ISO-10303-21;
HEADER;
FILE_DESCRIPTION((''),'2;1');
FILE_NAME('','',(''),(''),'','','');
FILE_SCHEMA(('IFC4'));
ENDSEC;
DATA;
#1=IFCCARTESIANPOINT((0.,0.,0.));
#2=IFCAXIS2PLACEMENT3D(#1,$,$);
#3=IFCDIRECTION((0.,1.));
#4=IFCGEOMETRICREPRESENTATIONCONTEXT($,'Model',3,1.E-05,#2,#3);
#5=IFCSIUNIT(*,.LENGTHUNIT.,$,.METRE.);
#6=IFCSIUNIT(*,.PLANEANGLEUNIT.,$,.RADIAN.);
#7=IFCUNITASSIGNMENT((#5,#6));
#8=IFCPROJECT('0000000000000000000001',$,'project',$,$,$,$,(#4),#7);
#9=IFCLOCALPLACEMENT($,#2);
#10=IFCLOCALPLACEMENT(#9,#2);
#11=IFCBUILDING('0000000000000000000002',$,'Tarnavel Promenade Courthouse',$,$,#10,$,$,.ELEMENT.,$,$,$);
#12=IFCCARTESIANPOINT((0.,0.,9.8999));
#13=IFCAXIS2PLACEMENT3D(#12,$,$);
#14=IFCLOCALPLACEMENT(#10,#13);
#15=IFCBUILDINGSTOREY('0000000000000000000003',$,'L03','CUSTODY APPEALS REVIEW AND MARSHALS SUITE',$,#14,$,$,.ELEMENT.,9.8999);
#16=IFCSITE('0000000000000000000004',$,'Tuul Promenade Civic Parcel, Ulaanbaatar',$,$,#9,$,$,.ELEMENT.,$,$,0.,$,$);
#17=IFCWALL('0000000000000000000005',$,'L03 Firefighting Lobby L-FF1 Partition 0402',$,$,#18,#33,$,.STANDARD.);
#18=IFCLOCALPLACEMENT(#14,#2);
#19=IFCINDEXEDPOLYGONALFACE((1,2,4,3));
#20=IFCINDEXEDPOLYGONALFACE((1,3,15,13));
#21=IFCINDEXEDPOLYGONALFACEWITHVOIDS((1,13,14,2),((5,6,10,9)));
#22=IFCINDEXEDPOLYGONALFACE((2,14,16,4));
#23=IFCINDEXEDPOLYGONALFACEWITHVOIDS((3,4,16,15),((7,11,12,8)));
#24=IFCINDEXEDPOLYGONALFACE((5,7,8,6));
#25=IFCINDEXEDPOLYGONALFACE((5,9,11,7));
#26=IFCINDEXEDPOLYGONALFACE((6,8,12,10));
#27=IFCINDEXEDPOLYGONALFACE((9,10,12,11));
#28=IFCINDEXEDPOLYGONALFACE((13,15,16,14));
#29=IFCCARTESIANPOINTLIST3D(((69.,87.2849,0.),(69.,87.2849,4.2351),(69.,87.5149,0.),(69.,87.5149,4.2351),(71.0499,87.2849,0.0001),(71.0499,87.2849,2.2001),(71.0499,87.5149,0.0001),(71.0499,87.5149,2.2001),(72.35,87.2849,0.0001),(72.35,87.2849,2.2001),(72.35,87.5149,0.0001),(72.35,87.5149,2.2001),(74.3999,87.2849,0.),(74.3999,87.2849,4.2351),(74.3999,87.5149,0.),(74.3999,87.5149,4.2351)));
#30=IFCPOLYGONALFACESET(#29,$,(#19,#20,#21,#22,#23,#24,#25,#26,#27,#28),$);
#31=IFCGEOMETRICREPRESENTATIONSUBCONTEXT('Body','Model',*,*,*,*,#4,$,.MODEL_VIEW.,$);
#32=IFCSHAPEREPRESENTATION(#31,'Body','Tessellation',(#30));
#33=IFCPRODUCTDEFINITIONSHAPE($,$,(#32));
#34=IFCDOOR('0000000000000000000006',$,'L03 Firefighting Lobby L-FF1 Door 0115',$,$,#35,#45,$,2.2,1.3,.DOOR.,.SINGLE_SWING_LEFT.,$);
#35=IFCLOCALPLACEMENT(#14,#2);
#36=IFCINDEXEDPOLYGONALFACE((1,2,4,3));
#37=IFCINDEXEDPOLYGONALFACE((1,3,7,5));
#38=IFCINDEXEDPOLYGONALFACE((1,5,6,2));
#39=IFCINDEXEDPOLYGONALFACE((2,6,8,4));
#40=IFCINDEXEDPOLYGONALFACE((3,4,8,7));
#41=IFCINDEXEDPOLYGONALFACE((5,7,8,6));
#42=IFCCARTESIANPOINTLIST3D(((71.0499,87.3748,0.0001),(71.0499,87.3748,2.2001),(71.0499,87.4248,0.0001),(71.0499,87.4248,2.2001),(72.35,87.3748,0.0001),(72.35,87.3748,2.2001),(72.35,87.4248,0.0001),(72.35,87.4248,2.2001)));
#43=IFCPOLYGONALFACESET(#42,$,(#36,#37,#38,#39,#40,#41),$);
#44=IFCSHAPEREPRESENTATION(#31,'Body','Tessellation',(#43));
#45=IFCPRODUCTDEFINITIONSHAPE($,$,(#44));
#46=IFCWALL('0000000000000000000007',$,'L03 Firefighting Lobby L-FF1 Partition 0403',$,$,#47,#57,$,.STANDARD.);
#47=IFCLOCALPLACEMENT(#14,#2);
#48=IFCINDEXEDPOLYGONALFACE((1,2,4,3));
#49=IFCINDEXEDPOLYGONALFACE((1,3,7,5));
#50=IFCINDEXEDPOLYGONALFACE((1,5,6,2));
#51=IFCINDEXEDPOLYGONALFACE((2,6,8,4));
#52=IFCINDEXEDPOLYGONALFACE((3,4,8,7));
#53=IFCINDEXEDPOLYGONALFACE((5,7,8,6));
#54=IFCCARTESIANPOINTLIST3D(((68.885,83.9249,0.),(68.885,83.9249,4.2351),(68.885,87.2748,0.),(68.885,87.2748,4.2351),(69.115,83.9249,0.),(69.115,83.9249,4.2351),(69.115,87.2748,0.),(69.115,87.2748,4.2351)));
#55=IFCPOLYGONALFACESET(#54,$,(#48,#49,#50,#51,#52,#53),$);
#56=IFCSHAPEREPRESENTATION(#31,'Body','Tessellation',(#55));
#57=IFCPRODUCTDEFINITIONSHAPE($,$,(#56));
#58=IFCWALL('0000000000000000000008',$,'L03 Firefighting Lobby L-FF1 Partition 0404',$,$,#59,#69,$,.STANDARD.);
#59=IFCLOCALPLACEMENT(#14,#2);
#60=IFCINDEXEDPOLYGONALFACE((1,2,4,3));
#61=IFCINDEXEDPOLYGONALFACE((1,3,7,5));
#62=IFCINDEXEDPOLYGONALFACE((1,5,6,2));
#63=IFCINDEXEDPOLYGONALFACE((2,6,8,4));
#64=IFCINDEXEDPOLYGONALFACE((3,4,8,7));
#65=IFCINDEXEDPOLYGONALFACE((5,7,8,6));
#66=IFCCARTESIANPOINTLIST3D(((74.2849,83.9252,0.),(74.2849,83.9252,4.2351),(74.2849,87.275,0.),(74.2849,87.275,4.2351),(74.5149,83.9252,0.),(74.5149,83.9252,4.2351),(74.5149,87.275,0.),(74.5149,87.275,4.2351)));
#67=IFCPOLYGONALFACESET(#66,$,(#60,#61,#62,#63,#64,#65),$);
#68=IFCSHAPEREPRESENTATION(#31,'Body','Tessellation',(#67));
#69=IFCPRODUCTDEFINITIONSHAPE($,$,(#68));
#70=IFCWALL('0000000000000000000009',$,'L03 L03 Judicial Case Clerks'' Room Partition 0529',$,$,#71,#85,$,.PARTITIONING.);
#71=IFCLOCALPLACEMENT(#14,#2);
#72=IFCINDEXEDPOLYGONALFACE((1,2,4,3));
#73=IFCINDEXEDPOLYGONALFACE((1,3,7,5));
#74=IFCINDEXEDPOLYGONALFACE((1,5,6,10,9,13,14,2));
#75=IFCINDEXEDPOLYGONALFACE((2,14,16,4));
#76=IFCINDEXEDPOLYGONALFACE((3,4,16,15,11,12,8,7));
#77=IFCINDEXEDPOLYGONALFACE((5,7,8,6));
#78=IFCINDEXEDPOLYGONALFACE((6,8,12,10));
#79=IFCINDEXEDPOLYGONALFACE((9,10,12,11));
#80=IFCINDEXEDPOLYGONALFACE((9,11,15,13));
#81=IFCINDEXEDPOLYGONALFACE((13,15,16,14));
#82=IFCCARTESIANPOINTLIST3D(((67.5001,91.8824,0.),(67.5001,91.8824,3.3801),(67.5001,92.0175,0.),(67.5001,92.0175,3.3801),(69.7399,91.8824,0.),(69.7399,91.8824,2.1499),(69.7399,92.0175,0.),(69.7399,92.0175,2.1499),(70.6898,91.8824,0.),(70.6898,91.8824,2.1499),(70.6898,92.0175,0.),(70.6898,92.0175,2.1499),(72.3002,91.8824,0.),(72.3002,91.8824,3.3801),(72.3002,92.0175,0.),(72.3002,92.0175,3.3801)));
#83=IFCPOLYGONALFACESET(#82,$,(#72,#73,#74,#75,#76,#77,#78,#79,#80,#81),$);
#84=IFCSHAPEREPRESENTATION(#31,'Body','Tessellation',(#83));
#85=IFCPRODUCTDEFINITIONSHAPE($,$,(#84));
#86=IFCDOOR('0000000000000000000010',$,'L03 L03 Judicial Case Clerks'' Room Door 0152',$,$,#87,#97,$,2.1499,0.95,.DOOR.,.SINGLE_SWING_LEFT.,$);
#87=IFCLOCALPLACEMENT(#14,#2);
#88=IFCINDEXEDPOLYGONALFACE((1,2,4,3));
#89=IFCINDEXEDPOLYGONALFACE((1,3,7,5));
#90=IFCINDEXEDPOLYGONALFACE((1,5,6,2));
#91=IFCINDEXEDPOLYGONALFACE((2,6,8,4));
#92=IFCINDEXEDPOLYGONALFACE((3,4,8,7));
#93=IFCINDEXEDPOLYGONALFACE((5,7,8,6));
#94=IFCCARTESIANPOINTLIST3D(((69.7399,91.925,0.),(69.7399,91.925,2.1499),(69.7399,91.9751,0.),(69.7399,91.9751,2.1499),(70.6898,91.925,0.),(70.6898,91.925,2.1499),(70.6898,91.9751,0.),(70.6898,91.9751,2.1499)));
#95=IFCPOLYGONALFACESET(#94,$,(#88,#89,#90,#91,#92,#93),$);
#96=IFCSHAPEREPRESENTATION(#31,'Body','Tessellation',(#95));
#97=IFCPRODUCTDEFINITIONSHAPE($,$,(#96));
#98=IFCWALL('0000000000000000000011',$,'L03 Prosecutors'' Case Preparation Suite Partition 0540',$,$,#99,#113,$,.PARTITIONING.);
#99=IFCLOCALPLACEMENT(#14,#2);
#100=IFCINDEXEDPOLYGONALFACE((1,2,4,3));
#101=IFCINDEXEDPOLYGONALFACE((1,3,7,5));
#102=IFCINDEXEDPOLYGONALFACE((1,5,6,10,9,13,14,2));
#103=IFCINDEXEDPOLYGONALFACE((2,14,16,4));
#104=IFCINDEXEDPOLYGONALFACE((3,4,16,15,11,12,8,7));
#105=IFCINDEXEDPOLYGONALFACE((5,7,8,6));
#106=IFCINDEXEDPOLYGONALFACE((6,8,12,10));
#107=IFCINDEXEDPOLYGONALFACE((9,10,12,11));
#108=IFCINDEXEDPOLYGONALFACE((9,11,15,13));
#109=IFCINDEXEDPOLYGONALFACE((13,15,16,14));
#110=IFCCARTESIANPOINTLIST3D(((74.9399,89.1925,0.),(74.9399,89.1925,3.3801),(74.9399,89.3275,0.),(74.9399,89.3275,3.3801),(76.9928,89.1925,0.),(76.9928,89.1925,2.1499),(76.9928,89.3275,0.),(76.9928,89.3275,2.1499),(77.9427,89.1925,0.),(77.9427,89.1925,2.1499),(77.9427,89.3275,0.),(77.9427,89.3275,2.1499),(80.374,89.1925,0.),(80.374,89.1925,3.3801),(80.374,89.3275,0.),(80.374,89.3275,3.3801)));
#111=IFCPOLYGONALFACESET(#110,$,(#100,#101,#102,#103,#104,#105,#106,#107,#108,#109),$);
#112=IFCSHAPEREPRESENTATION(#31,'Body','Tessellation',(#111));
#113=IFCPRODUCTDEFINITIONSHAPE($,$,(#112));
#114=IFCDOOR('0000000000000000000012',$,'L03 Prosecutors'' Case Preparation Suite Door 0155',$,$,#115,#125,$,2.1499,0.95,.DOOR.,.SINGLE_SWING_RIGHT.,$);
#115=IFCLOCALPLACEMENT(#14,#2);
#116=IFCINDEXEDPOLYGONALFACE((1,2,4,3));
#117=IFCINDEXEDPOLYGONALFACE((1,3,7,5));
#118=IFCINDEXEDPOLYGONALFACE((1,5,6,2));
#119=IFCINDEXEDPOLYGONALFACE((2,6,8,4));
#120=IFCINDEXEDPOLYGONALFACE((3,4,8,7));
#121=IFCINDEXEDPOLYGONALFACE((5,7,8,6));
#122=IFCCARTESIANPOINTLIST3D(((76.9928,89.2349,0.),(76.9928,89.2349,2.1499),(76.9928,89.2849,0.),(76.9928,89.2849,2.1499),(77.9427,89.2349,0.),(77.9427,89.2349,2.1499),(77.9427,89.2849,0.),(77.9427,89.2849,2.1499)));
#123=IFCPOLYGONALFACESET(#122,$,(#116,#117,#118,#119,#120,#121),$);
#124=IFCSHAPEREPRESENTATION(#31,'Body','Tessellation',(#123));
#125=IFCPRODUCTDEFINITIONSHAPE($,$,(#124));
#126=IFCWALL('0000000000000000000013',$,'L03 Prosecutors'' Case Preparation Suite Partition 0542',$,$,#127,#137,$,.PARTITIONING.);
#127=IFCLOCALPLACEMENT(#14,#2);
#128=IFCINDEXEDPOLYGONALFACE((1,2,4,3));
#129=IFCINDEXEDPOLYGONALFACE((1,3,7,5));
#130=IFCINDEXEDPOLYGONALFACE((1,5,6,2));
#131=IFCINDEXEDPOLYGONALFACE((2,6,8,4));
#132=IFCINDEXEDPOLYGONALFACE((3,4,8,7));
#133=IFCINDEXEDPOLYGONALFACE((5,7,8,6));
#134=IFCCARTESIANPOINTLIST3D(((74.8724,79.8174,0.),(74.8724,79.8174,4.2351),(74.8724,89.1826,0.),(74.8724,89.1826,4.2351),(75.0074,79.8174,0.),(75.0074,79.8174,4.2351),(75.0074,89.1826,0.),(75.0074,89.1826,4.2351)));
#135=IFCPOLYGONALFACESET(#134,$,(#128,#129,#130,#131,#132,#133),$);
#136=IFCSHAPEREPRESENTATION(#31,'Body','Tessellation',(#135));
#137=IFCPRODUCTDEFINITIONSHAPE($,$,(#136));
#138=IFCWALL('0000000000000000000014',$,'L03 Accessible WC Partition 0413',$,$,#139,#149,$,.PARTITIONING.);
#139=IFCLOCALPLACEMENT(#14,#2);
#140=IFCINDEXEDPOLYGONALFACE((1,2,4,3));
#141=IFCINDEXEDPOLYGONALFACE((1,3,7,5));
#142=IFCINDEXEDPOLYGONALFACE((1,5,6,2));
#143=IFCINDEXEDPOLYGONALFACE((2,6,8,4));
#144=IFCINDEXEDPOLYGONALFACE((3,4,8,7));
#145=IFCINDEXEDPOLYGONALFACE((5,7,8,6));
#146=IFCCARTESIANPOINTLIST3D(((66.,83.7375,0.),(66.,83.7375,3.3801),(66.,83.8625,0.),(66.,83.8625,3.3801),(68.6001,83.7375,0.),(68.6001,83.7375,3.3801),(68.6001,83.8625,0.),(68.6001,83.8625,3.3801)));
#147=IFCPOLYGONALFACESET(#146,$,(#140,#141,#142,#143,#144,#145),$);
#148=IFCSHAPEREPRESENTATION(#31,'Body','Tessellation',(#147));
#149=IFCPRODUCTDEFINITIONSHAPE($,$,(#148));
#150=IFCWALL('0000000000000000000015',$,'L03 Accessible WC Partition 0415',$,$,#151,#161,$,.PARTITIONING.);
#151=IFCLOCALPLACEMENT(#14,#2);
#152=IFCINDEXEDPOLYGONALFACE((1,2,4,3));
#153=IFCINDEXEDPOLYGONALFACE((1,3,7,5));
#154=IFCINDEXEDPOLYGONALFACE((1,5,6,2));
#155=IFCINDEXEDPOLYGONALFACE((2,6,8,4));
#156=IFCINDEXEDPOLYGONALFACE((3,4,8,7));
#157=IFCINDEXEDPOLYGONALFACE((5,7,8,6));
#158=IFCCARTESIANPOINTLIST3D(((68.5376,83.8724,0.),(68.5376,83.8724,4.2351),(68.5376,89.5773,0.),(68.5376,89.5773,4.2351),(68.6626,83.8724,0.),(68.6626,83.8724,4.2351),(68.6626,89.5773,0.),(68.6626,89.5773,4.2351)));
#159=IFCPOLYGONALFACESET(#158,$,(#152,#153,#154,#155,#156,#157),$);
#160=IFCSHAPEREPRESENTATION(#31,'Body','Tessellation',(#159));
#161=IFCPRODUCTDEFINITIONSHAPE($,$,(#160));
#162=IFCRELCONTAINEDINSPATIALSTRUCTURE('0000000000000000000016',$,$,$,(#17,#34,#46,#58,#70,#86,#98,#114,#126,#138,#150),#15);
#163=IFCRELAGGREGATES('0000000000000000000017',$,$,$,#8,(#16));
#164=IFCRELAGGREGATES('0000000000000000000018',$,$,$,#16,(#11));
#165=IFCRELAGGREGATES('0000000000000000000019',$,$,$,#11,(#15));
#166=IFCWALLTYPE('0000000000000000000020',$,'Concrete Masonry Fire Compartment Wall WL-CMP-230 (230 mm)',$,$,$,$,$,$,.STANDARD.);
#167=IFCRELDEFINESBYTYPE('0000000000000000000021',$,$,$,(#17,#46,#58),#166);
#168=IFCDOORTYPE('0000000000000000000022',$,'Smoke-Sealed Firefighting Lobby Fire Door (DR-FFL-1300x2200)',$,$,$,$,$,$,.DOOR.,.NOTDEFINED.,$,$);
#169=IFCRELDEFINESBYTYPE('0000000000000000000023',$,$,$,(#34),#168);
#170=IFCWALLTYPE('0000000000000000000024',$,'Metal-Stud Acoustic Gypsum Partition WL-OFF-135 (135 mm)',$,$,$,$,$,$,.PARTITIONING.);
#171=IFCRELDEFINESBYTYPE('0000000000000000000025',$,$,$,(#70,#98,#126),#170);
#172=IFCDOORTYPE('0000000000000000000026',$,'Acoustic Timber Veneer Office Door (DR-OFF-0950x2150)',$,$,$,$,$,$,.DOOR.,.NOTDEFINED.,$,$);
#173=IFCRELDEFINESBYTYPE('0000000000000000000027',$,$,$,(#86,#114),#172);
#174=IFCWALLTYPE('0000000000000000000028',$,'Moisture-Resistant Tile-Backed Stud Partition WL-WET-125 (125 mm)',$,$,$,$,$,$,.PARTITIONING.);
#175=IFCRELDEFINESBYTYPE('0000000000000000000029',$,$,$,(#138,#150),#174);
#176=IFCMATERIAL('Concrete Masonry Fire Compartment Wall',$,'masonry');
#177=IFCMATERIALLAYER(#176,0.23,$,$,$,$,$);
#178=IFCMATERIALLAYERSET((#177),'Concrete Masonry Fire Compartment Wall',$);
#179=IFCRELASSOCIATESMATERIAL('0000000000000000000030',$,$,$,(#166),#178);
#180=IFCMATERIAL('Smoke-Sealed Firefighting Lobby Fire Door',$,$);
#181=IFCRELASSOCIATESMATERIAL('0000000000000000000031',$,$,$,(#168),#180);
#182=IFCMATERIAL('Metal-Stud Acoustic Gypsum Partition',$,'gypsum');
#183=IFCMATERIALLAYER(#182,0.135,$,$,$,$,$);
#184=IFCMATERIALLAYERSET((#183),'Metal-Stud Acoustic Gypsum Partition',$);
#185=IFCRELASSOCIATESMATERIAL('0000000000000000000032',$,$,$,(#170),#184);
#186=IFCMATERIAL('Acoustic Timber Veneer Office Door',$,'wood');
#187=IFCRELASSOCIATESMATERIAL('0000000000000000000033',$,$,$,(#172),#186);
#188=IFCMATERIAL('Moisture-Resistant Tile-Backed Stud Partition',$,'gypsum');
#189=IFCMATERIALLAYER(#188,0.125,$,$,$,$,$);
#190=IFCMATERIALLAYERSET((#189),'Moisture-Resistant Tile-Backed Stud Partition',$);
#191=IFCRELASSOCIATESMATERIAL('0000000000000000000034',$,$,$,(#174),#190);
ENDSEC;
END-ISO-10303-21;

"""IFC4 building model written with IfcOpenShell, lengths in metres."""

from ifc_helpers import new_model, si_unit, direction, frame, frame_2d, origin, place, context, subcontext, project, spatial, rectangle, extrude, material, layer, layer_set, type_object, element, fill, save


model = new_model("IFC4")

# Units and contexts
model_context = context("Model", 3, precision=1e-05, world=origin(), true_north=direction((0.0, 1.0)))
body_context = subcontext(model_context, "Body", "Model", "MODEL_VIEW")
ifc_project = project(units=[si_unit("LENGTHUNIT", "METRE"), si_unit("PLANEANGLEUNIT", "RADIAN")], contexts=[model_context])

# Site, building, storey
site_placement = place(None, origin())
site = spatial("IfcSite", under=ifc_project, at=site_placement, Name="Tuul Promenade Civic Parcel, Ulaanbaatar", CompositionType="ELEMENT", RefElevation=0.0)
building_placement = place(site_placement, origin())
building = spatial("IfcBuilding", under=site, at=building_placement, Name="Tarnavel Promenade Courthouse", CompositionType="ELEMENT")
storey_placement = place(building_placement, frame((0.0, 0.0, 9.8999)))
storey = spatial("IfcBuildingStorey", under=building, at=storey_placement, Name="L03", Description="CUSTODY APPEALS REVIEW AND MARSHALS SUITE", CompositionType="ELEMENT", Elevation=9.8999)

# Wall, opening, door
ifc_material_1 = material(Name="Concrete Masonry Fire Compartment Wall", Category="masonry")
ifc_layer_1 = layer(ifc_material_1, 0.23)
ifc_layer_set_1 = layer_set([ifc_layer_1], Name="Concrete Masonry Fire Compartment Wall")
wall_type_1 = type_object("IfcWallType", Name="Concrete Masonry Fire Compartment Wall WL-CMP-230 (230 mm)", PredefinedType="STANDARD", material=ifc_layer_set_1)
wall_1_placement = place(storey_placement, frame((69.0, 87.3999, 0.0), z_axis=(0.0, 0.0, 1.0), x_axis=(1.0, 0.0, 0.0)))
wall_1 = element("IfcWall", 1, at=wall_1_placement, inside=storey, type_object=wall_type_1, Name="L03 Firefighting Lobby L-FF1 Partition 0402", PredefinedType="STANDARD", context=body_context, shape_type="SweptSolid", body=[
    extrude(rectangle(XDim=5.3999, YDim=0.23, at=frame_2d((2.7, 0.0))), origin(), (0.0, 0.0, 1.0), 4.2351),
])
opening_1_placement = place(wall_1_placement, frame((2.05, 0.0, 0.0)))
opening_1 = element("IfcOpeningElement", 2, at=opening_1_placement, cuts=wall_1, PredefinedType="OPENING", context=body_context, shape_type="SweptSolid", body=[
    extrude(rectangle(XDim=1.3, YDim=2.2, at=frame_2d((0.6499, 1.1001))), frame((0.0, 0.125, 0.0), z_axis=(0.0, -1.0, 0.0), x_axis=(1.0, 0.0, 0.0)), (0.0, 0.0, 1.0), 0.25),
])
ifc_material_2 = material(Name="Smoke-Sealed Firefighting Lobby Fire Door")
door_type_1 = type_object("IfcDoorType", Name="Smoke-Sealed Firefighting Lobby Fire Door (DR-FFL-1300x2200)", OperationType="NOTDEFINED", PredefinedType="DOOR", material=ifc_material_2)
door_1_placement = place(opening_1_placement, origin())
door_1 = element("IfcDoor", 3, at=door_1_placement, inside=storey, type_object=door_type_1, Name="L03 Firefighting Lobby L-FF1 Door 0115", OperationType="SINGLE_SWING_LEFT", OverallHeight=2.2, OverallWidth=1.3, PredefinedType="DOOR", context=body_context, shape_type="SweptSolid", body=[
    extrude(rectangle(XDim=1.3, YDim=2.2, at=frame_2d((0.6499, 1.1001))), frame((0.0, 0.0249, 0.0), z_axis=(0.0, -1.0, 0.0), x_axis=(1.0, 0.0, 0.0)), (0.0, 0.0, 1.0), 0.05),
])
fill(opening_1, door_1)

# Walls
for number, where, z_axis, x_axis, name in (
    (4, (69.0, 83.925, 0.0), (0.0, 0.0, 1.0), (0.0, 1.0, 0.0), "L03 Firefighting Lobby L-FF1 Partition 0403"),
    (5, (74.3999, 87.2749, 0.0), (0.0, 0.0, 1.0), (0.0, -1.0, 0.0), "L03 Firefighting Lobby L-FF1 Partition 0404"),
):
    element("IfcWall", number, at=place(storey_placement, frame(where, z_axis=z_axis, x_axis=x_axis)), inside=storey, type_object=wall_type_1, Name=name, PredefinedType="STANDARD", context=body_context, shape_type="SweptSolid", body=[
        extrude(rectangle(XDim=3.3499, YDim=0.23, at=frame_2d((1.6748, 0.0))), origin(), (0.0, 0.0, 1.0), 4.2351),
    ])

# Walls, openings, doors
ifc_material_3 = material(Name="Metal-Stud Acoustic Gypsum Partition", Category="gypsum")
ifc_layer_2 = layer(ifc_material_3, 0.135)
ifc_layer_set_2 = layer_set([ifc_layer_2], Name="Metal-Stud Acoustic Gypsum Partition")
wall_type_2 = type_object("IfcWallType", Name="Metal-Stud Acoustic Gypsum Partition WL-OFF-135 (135 mm)", PredefinedType="PARTITIONING", material=ifc_layer_set_2)
wall_2_placement = place(storey_placement, frame((72.3, 91.95, 0.0), z_axis=(0.0, 0.0, 1.0), x_axis=(-1.0, 0.0, 0.0)))
wall_2 = element("IfcWall", 6, at=wall_2_placement, inside=storey, type_object=wall_type_2, Name="L03 L03 Judicial Case Clerks' Room Partition 0529", PredefinedType="PARTITIONING", context=body_context, shape_type="SweptSolid", body=[
    extrude(rectangle(XDim=4.8, YDim=0.135, at=frame_2d((2.3999, 0.0))), origin(), (0.0, 0.0, 1.0), 3.3801),
])
opening_2_placement = place(wall_2_placement, frame((1.6101, 0.0, 0.0)))
opening_2 = element("IfcOpeningElement", 7, at=opening_2_placement, cuts=wall_2, PredefinedType="OPENING", context=body_context, shape_type="SweptSolid", body=[
    extrude(rectangle(XDim=0.95, YDim=2.1499, at=frame_2d((0.4751, 1.075))), frame((0.0, 0.0774, 0.0), z_axis=(0.0, -1.0, 0.0), x_axis=(1.0, 0.0, 0.0)), (0.0, 0.0, 1.0), 0.155),
])
ifc_material_4 = material(Name="Acoustic Timber Veneer Office Door", Category="wood")
door_type_2 = type_object("IfcDoorType", Name="Acoustic Timber Veneer Office Door (DR-OFF-0950x2150)", OperationType="NOTDEFINED", PredefinedType="DOOR", material=ifc_material_4)
door_2_placement = place(opening_2_placement, origin())
door_2 = element("IfcDoor", 8, at=door_2_placement, inside=storey, type_object=door_type_2, Name="L03 L03 Judicial Case Clerks' Room Door 0152", OperationType="SINGLE_SWING_LEFT", OverallHeight=2.1499, OverallWidth=0.95, PredefinedType="DOOR", context=body_context, shape_type="SweptSolid", body=[
    extrude(rectangle(XDim=0.95, YDim=2.1499, at=frame_2d((0.4751, 1.075))), frame((0.0, 0.0249, 0.0), z_axis=(0.0, -1.0, 0.0), x_axis=(1.0, 0.0, 0.0)), (0.0, 0.0, 1.0), 0.05),
])
fill(opening_2, door_2)
wall_3_placement = place(storey_placement, frame((74.9399, 89.26, 0.0), z_axis=(0.0, 0.0, 1.0), x_axis=(1.0, 0.0, 0.0)))
wall_3 = element("IfcWall", 9, at=wall_3_placement, inside=storey, type_object=wall_type_2, Name="L03 Prosecutors' Case Preparation Suite Partition 0540", PredefinedType="PARTITIONING", context=body_context, shape_type="SweptSolid", body=[
    extrude(rectangle(XDim=5.4341, YDim=0.135, at=frame_2d((2.717, 0.0))), origin(), (0.0, 0.0, 1.0), 3.3801),
])
opening_3_placement = place(wall_3_placement, frame((2.0527, 0.0, 0.0)))
opening_3 = element("IfcOpeningElement", 10, at=opening_3_placement, cuts=wall_3, PredefinedType="OPENING", context=body_context, shape_type="SweptSolid", body=[
    extrude(rectangle(XDim=0.95, YDim=2.1499, at=frame_2d((0.4751, 1.075))), frame((0.0, 0.0774, 0.0), z_axis=(0.0, -1.0, 0.0), x_axis=(1.0, 0.0, 0.0)), (0.0, 0.0, 1.0), 0.155),
])
door_3_placement = place(opening_3_placement, origin())
door_3 = element("IfcDoor", 11, at=door_3_placement, inside=storey, type_object=door_type_2, Name="L03 Prosecutors' Case Preparation Suite Door 0155", OperationType="SINGLE_SWING_RIGHT", OverallHeight=2.1499, OverallWidth=0.95, PredefinedType="DOOR", context=body_context, shape_type="SweptSolid", body=[
    extrude(rectangle(XDim=0.95, YDim=2.1499, at=frame_2d((0.4751, 1.075))), frame((0.0, 0.0249, 0.0), z_axis=(0.0, -1.0, 0.0), x_axis=(1.0, 0.0, 0.0)), (0.0, 0.0, 1.0), 0.05),
])
fill(opening_3, door_3)

# Walls
wall_4_placement = place(storey_placement, frame((74.9399, 79.8174, 0.0), z_axis=(0.0, 0.0, 1.0), x_axis=(0.0, 1.0, 0.0)))
element("IfcWall", 12, at=wall_4_placement, inside=storey, type_object=wall_type_2, Name="L03 Prosecutors' Case Preparation Suite Partition 0542", PredefinedType="PARTITIONING", context=body_context, shape_type="SweptSolid", body=[
    extrude(rectangle(XDim=9.3652, YDim=0.135, at=frame_2d((4.6826, 0.0))), origin(), (0.0, 0.0, 1.0), 4.2351),
])
ifc_material_5 = material(Name="Moisture-Resistant Tile-Backed Stud Partition", Category="gypsum")
ifc_layer_3 = layer(ifc_material_5, 0.125)
ifc_layer_set_3 = layer_set([ifc_layer_3], Name="Moisture-Resistant Tile-Backed Stud Partition")
wall_type_3 = type_object("IfcWallType", Name="Moisture-Resistant Tile-Backed Stud Partition WL-WET-125 (125 mm)", PredefinedType="PARTITIONING", material=ifc_layer_set_3)
wall_5_placement = place(storey_placement, frame((68.6001, 83.8, 0.0), z_axis=(0.0, 0.0, 1.0), x_axis=(-1.0, 0.0, 0.0)))
element("IfcWall", 13, at=wall_5_placement, inside=storey, type_object=wall_type_3, Name="L03 Accessible WC Partition 0413", PredefinedType="PARTITIONING", context=body_context, shape_type="SweptSolid", body=[
    extrude(rectangle(XDim=2.6001, YDim=0.125, at=frame_2d((1.3, 0.0))), origin(), (0.0, 0.0, 1.0), 3.3801),
])
wall_6_placement = place(storey_placement, frame((68.6001, 89.5774, 0.0), z_axis=(0.0, 0.0, 1.0), x_axis=(0.0, -1.0, 0.0)))
element("IfcWall", 14, at=wall_6_placement, inside=storey, type_object=wall_type_3, Name="L03 Accessible WC Partition 0415", PredefinedType="PARTITIONING", context=body_context, shape_type="SweptSolid", body=[
    extrude(rectangle(XDim=5.7048, YDim=0.125, at=frame_2d((2.8525, 0.0))), origin(), (0.0, 0.0, 1.0), 4.2351),
])

save(model, "model.ifc")
